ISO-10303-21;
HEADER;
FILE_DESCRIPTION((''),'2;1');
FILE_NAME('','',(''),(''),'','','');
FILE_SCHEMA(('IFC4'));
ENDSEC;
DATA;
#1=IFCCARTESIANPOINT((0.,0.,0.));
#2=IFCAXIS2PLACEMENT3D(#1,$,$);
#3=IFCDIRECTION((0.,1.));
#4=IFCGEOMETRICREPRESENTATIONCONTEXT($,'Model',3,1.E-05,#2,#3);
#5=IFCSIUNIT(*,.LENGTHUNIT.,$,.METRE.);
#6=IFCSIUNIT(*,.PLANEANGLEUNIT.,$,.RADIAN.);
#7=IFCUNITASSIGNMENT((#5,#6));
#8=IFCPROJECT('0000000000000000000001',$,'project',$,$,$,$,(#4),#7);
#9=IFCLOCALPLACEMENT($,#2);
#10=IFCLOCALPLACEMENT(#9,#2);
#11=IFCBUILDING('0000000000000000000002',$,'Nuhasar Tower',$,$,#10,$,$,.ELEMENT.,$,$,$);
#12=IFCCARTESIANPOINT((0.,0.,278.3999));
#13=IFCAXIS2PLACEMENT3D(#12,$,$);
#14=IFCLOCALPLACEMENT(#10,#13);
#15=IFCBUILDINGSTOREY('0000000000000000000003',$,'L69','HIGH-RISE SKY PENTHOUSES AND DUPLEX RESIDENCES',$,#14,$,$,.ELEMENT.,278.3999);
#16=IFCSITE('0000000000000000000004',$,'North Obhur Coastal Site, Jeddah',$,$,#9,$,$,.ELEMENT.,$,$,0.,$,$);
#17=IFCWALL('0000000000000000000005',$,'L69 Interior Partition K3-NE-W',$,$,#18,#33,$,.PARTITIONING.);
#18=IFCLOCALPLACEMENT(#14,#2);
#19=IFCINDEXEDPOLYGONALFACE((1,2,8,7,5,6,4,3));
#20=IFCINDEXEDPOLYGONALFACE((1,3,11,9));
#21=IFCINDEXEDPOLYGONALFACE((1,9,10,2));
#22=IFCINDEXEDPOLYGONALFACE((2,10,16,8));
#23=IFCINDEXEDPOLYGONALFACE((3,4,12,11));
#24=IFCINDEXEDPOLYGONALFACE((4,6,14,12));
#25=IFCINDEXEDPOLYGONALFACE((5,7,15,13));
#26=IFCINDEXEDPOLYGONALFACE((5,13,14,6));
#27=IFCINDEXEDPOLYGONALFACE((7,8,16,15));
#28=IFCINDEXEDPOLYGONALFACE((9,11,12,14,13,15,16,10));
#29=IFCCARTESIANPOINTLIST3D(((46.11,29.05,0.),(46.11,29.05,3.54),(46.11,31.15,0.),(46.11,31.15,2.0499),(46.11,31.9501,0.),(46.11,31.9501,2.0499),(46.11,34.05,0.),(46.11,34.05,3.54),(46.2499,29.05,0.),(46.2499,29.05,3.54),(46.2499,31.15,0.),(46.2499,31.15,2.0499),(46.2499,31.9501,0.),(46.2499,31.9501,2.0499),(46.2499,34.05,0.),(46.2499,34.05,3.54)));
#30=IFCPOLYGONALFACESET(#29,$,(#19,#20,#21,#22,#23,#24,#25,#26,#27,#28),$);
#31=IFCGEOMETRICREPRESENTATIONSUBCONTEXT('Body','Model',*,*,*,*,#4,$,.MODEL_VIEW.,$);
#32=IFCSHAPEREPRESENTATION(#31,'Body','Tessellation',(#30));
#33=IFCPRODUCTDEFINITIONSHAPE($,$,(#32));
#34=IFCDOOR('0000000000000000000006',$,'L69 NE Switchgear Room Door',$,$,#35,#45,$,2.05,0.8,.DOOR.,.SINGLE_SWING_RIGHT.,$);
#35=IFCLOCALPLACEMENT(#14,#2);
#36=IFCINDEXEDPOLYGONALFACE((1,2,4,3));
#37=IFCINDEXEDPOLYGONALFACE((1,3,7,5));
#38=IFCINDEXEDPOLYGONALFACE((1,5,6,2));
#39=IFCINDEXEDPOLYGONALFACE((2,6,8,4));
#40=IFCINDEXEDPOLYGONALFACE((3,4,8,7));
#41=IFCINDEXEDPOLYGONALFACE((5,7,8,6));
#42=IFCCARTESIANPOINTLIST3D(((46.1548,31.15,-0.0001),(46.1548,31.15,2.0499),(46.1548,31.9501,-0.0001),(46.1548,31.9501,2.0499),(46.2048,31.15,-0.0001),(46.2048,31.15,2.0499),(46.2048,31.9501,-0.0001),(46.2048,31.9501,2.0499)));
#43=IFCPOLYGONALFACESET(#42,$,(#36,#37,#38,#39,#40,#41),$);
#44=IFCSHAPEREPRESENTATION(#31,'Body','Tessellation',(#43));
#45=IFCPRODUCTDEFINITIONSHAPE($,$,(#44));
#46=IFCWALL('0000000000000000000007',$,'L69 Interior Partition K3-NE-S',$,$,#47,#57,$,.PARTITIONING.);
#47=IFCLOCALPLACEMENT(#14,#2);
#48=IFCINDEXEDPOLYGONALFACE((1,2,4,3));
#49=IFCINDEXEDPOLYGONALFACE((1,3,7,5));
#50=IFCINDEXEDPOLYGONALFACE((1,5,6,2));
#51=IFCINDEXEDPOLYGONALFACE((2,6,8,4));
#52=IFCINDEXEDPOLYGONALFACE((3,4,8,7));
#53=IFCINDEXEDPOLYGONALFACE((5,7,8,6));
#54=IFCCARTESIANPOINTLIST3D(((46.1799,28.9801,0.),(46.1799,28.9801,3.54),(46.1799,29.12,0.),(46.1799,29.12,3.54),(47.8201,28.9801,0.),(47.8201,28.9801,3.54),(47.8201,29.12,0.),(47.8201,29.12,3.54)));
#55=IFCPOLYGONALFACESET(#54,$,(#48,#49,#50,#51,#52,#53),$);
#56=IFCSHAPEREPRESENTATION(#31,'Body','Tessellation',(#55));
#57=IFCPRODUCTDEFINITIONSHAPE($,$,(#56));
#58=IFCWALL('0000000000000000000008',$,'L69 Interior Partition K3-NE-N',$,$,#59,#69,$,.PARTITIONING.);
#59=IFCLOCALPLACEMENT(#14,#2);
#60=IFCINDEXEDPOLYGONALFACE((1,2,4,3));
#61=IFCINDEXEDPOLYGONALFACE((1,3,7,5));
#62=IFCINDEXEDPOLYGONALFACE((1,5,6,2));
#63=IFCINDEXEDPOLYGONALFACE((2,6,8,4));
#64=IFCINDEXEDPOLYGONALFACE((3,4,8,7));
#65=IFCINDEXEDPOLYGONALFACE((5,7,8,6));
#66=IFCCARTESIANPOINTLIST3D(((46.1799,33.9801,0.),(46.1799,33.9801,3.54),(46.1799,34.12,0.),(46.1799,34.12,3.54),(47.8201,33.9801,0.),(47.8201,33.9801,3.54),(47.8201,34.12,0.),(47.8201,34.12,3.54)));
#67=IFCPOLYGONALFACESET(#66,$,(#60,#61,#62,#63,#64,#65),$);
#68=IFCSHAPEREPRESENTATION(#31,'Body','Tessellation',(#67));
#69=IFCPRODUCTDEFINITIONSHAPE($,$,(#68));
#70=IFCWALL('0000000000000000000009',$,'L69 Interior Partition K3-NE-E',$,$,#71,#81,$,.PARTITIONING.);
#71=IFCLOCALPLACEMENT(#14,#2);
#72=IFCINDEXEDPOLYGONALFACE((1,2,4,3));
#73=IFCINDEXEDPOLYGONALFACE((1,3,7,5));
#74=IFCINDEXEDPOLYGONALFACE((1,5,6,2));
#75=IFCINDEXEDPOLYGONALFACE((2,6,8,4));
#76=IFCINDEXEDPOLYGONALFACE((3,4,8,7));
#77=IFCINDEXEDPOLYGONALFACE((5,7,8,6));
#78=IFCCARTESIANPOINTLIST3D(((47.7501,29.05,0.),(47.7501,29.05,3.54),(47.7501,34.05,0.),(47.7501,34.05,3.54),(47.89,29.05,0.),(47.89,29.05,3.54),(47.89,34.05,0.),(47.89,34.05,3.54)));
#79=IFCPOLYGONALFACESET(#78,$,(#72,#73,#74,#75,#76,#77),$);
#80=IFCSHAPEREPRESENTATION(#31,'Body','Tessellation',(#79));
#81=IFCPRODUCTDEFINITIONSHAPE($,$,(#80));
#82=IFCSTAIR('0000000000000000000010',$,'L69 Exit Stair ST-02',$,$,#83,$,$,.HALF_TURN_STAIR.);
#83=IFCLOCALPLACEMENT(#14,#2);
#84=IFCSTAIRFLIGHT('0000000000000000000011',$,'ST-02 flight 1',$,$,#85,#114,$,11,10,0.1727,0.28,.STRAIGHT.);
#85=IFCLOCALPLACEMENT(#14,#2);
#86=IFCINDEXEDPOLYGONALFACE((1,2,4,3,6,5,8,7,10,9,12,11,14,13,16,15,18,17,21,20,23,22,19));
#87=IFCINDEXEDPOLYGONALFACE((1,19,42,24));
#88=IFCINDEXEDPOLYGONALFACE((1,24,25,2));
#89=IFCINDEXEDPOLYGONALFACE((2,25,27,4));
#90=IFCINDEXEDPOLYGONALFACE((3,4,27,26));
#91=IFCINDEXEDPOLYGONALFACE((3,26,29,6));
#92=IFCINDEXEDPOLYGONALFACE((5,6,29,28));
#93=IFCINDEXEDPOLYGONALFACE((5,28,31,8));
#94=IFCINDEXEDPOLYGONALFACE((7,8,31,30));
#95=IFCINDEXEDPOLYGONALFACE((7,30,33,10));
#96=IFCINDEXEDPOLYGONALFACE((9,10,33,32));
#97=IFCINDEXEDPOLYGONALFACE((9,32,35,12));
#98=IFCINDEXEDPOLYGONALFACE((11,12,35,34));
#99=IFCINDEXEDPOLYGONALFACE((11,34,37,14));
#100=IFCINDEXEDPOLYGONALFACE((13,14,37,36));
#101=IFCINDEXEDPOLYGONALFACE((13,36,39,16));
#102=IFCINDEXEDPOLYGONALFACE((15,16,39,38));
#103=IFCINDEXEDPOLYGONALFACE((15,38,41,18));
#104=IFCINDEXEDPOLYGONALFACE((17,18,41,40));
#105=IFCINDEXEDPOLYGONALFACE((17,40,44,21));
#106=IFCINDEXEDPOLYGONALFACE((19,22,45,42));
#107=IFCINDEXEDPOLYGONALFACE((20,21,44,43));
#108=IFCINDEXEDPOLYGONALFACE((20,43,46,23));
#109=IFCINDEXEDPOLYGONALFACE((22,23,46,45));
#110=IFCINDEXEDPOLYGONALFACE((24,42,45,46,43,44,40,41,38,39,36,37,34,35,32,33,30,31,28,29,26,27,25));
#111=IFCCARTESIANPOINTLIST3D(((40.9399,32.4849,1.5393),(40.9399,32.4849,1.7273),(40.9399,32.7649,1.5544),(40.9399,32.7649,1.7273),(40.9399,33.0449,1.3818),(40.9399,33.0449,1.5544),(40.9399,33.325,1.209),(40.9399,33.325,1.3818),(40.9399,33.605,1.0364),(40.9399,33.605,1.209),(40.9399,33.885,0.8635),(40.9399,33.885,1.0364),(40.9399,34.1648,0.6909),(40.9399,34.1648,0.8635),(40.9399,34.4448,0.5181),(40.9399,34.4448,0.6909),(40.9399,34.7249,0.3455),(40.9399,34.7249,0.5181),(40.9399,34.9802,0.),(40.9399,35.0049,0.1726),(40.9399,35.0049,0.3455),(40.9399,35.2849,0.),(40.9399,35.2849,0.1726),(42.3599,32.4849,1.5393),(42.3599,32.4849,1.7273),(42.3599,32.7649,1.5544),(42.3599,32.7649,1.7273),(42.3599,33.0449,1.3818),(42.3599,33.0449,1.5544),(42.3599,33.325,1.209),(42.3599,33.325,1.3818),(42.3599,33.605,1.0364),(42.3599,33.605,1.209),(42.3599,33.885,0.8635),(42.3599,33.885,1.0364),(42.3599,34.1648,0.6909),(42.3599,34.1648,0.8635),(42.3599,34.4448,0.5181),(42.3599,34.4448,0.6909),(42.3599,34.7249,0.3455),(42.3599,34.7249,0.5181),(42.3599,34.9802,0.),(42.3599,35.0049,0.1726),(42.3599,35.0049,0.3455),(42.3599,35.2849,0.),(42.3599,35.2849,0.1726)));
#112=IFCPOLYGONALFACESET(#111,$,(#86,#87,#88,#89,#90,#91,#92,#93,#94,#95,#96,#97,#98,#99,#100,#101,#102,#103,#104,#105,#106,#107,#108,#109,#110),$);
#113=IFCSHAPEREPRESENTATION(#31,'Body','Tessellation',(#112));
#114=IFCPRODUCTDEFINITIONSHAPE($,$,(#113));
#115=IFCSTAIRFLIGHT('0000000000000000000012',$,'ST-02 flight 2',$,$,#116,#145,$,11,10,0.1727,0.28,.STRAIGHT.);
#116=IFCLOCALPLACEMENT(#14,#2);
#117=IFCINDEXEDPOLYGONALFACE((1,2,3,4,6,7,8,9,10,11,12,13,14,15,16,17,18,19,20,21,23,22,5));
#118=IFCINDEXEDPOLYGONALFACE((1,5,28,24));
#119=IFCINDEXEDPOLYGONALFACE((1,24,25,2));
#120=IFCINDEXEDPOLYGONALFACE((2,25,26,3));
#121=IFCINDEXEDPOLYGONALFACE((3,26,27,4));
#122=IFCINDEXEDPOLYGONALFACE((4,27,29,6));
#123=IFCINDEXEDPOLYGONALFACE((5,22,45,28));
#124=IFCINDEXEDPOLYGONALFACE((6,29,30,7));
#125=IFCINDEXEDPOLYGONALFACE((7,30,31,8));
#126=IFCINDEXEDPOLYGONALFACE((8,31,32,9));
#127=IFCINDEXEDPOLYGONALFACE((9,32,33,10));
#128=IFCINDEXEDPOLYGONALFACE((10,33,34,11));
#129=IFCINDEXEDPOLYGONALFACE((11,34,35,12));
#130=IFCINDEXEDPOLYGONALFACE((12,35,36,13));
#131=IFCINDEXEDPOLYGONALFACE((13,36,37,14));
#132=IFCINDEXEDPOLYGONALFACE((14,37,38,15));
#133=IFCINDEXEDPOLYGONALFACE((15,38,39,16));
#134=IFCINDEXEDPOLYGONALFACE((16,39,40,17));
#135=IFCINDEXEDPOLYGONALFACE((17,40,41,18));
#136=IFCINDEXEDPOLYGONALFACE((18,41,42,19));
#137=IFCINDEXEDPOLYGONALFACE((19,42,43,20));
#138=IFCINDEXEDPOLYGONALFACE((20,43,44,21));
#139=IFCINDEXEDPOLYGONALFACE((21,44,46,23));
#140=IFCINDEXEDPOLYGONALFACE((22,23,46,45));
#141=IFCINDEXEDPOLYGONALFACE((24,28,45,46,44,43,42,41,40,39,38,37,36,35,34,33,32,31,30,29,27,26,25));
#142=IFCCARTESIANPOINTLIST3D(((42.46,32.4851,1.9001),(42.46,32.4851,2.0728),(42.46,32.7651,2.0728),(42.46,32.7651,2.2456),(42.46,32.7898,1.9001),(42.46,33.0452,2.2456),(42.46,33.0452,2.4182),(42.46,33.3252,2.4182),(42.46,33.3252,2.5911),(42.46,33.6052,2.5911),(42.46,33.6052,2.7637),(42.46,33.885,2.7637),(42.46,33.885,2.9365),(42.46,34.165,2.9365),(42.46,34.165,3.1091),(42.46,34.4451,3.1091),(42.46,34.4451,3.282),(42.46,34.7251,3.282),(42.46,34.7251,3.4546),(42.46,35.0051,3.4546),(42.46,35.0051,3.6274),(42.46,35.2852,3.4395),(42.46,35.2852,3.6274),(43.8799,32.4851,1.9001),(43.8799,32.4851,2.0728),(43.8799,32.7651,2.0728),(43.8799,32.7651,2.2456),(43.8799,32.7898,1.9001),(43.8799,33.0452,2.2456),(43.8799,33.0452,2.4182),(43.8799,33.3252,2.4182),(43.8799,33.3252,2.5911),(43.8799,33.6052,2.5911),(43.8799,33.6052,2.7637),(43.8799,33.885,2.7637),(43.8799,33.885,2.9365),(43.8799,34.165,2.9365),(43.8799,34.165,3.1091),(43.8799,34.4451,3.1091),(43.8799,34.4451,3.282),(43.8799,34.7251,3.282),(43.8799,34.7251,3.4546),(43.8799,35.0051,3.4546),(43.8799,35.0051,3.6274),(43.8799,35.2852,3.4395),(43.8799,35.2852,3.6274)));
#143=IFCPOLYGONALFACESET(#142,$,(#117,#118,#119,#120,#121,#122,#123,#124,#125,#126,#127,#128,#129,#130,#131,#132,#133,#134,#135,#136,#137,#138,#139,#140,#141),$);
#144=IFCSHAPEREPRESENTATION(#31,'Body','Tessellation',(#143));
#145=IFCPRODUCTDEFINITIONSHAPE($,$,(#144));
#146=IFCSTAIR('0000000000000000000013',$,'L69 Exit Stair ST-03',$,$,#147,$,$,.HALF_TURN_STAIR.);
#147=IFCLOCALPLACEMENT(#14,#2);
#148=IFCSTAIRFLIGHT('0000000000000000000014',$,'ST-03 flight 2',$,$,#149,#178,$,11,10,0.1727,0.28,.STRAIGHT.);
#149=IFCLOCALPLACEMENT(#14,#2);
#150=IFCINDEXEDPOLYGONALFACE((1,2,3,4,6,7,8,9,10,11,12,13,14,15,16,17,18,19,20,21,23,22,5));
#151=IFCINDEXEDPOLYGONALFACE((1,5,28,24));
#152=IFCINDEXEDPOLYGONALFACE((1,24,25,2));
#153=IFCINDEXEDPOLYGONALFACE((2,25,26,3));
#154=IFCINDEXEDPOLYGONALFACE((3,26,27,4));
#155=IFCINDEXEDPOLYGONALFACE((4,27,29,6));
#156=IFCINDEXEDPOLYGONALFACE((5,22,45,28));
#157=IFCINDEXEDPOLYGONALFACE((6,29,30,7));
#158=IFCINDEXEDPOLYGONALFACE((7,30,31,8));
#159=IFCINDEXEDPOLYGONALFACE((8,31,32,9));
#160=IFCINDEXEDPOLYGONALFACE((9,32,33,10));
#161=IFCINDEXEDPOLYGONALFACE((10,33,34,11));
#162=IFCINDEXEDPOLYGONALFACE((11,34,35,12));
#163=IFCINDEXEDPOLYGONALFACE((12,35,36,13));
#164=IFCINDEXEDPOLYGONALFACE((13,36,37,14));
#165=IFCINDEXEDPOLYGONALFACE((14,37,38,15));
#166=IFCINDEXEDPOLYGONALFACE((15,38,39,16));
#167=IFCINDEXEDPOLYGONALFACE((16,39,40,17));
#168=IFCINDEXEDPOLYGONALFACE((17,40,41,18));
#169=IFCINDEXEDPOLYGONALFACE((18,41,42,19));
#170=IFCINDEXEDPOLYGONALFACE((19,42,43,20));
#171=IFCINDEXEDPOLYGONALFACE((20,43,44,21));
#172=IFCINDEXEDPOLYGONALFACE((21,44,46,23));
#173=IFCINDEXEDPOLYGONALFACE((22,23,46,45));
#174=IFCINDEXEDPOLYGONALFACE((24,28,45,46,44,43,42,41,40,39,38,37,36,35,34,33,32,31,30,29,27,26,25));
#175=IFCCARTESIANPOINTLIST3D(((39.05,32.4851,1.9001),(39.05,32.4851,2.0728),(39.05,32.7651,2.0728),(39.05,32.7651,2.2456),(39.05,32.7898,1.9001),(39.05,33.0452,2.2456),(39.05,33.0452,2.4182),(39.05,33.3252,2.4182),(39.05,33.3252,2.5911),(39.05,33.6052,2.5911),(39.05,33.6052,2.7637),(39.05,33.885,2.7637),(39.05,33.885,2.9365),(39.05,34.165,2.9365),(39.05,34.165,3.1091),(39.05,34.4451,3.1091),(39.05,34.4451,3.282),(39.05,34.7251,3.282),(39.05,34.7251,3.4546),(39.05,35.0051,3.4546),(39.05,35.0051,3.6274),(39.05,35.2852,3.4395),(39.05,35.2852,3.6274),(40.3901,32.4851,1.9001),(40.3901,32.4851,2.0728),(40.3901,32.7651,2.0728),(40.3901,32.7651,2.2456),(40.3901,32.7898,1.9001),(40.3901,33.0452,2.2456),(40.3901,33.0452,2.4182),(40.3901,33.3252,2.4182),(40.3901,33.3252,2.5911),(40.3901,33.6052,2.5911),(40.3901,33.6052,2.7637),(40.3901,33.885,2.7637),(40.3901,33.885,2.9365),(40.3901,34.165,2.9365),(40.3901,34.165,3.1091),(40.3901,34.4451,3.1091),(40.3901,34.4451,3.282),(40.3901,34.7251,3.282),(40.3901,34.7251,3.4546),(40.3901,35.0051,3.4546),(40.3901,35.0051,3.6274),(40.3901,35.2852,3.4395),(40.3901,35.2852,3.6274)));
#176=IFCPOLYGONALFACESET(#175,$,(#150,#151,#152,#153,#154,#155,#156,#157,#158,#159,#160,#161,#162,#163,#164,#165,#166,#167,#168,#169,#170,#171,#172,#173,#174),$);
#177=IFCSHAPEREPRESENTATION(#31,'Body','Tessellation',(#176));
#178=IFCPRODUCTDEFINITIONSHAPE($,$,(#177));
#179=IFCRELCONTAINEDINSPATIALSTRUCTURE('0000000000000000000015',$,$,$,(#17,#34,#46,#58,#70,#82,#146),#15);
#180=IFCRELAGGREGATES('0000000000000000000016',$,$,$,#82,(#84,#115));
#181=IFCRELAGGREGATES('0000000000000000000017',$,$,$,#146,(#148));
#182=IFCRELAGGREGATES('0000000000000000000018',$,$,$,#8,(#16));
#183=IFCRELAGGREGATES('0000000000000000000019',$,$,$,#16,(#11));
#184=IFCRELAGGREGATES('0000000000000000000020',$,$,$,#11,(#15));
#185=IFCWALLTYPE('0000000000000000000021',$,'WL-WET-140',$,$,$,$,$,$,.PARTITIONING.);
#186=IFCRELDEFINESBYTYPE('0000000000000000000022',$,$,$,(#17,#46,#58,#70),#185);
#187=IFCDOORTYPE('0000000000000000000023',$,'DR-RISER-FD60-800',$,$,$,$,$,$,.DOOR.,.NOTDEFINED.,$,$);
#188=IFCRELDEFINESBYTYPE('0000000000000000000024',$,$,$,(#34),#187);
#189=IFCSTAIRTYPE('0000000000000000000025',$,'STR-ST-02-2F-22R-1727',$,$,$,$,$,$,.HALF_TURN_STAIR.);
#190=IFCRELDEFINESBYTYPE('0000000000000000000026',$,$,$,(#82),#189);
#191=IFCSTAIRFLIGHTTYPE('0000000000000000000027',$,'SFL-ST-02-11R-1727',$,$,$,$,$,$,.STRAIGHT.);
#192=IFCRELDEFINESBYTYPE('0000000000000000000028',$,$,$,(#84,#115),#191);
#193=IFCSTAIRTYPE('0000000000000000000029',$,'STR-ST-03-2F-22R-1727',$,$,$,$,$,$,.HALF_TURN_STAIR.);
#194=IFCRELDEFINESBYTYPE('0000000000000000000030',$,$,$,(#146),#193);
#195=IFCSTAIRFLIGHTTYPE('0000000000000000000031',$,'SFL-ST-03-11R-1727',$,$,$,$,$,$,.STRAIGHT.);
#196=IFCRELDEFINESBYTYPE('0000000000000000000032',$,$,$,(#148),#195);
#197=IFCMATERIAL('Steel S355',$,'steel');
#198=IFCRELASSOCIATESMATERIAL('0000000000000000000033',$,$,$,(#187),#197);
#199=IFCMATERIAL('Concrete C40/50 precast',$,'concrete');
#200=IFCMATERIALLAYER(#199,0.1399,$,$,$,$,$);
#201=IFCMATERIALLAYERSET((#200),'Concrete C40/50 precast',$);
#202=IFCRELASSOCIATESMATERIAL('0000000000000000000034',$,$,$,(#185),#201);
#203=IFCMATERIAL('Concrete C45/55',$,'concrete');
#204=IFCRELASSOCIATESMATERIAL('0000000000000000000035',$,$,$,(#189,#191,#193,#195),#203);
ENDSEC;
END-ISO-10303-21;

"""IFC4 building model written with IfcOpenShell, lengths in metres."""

from ifc_helpers import new_model, si_unit, direction, frame, frame_2d, origin, place, context, subcontext, project, spatial, polyline, rectangle, outline, extrude, material, layer, layer_set, type_object, element, fill, aggregate, save


model = new_model("IFC4")

# Units and contexts
model_context = context("Model", 3, precision=1e-05, world=origin(), true_north=direction((0.0, 1.0)))
body_context = subcontext(model_context, "Body", "Model", "MODEL_VIEW")
ifc_project = project(units=[si_unit("LENGTHUNIT", "METRE"), si_unit("PLANEANGLEUNIT", "RADIAN")], contexts=[model_context])

# Site, building, storey
site_placement = place(None, origin())
site = spatial("IfcSite", under=ifc_project, at=site_placement, Name="North Obhur Coastal Site, Jeddah", CompositionType="ELEMENT", RefElevation=0.0)
building_placement = place(site_placement, origin())
building = spatial("IfcBuilding", under=site, at=building_placement, Name="Nuhasar Tower", CompositionType="ELEMENT")
storey_placement = place(building_placement, frame((0.0, 0.0, 278.3999)))
storey = spatial("IfcBuildingStorey", under=building, at=storey_placement, Name="L69", Description="HIGH-RISE SKY PENTHOUSES AND DUPLEX RESIDENCES", CompositionType="ELEMENT", Elevation=278.3999)

# Shared definitions
ifc_material_1 = material(Name="Steel S355", Category="steel")

# Shared definitions
ifc_material_2 = material(Name="Concrete C45/55", Category="concrete")

# Wall, opening, door
door_type_1 = type_object("IfcDoorType", Name="DR-RISER-FD60-800", OperationType="NOTDEFINED", PredefinedType="DOOR", material=ifc_material_1)
ifc_material_3 = material(Name="Concrete C40/50 precast", Category="concrete")
ifc_layer_1 = layer(ifc_material_3, 0.1399)
ifc_layer_set_1 = layer_set([ifc_layer_1], Name="Concrete C40/50 precast")
wall_type_1 = type_object("IfcWallType", Name="WL-WET-140", PredefinedType="PARTITIONING", material=ifc_layer_set_1)
wall_1_placement = place(storey_placement, frame((46.1799, 34.05, 0.0), z_axis=(0.0, 0.0, 1.0), x_axis=(0.0, -1.0, 0.0)))
wall_1 = element("IfcWall", 1, at=wall_1_placement, inside=storey, type_object=wall_type_1, Name="L69 Interior Partition K3-NE-W", PredefinedType="PARTITIONING", context=body_context, shape_type="SweptSolid", body=[
    extrude(rectangle(XDim=5.0, YDim=0.1399, at=frame_2d((2.5, 0.0))), origin(), (0.0, 0.0, 1.0), 3.54),
])
opening_1_placement = place(wall_1_placement, frame((2.1001, 0.0, 0.0)))
opening_1 = element("IfcOpeningElement", 2, at=opening_1_placement, cuts=wall_1, PredefinedType="OPENING", context=body_context, shape_type="SweptSolid", body=[
    extrude(rectangle(XDim=0.8, YDim=2.05, at=frame_2d((0.3999, 1.0249))), frame((0.0, 0.0801, 0.0), z_axis=(0.0, -1.0, 0.0), x_axis=(1.0, 0.0, 0.0)), (0.0, 0.0, 1.0), 0.1599),
])
door_1_placement = place(opening_1_placement, origin())
door_1 = element("IfcDoor", 3, at=door_1_placement, inside=storey, type_object=door_type_1, Name="L69 NE Switchgear Room Door", OperationType="SINGLE_SWING_RIGHT", OverallHeight=2.05, OverallWidth=0.8, PredefinedType="DOOR", context=body_context, shape_type="SweptSolid", body=[
    extrude(rectangle(XDim=0.8, YDim=2.05, at=frame_2d((0.3999, 1.0249))), frame((0.0, 0.0249, 0.0), z_axis=(0.0, -1.0, 0.0), x_axis=(1.0, 0.0, 0.0)), (0.0, 0.0, 1.0), 0.05),
])
fill(opening_1, door_1)

# Walls
for number, where, z_axis, x_axis, name in (
    (4, (46.1799, 29.05, 0.0), (0.0, 0.0, 1.0), (1.0, 0.0, 0.0), "L69 Interior Partition K3-NE-S"),
    (5, (46.1799, 34.05, 0.0), (0.0, 0.0, 1.0), (1.0, 0.0, 0.0), "L69 Interior Partition K3-NE-N"),
):
    element("IfcWall", number, at=place(storey_placement, frame(where, z_axis=z_axis, x_axis=x_axis)), inside=storey, type_object=wall_type_1, Name=name, PredefinedType="PARTITIONING", context=body_context, shape_type="SweptSolid", body=[
        extrude(rectangle(XDim=1.6401, YDim=0.1399, at=frame_2d((0.8201, 0.0))), origin(), (0.0, 0.0, 1.0), 3.54),
    ])
wall_2_placement = place(storey_placement, frame((47.8201, 29.05, 0.0), z_axis=(0.0, 0.0, 1.0), x_axis=(0.0, 1.0, 0.0)))
element("IfcWall", 6, at=wall_2_placement, inside=storey, type_object=wall_type_1, Name="L69 Interior Partition K3-NE-E", PredefinedType="PARTITIONING", context=body_context, shape_type="SweptSolid", body=[
    extrude(rectangle(XDim=5.0, YDim=0.1399, at=frame_2d((2.5, 0.0))), origin(), (0.0, 0.0, 1.0), 3.54),
])

# Stair, stair flights
stair_type_1 = type_object("IfcStairType", Name="STR-ST-02-2F-22R-1727", PredefinedType="HALF_TURN_STAIR", material=ifc_material_2)
stair_1_placement = place(storey_placement, origin())
stair_1 = element("IfcStair", 7, at=stair_1_placement, inside=storey, type_object=stair_type_1, Name="L69 Exit Stair ST-02", PredefinedType="HALF_TURN_STAIR")
stair_flight_type_1 = type_object("IfcStairFlightType", Name="SFL-ST-02-11R-1727", PredefinedType="STRAIGHT", material=ifc_material_2)
stair_flight_1_placement = place(storey_placement, frame((41.6499, 35.2849, 0.0), z_axis=(0.0, 0.0, 1.0), x_axis=(0.0, -1.0, 0.0)))
stair_flight_1 = element("IfcStairFlight", 8, at=stair_flight_1_placement, type_object=stair_flight_type_1, Name="ST-02 flight 1", NumberOfRisers=11, NumberOfTreads=10, PredefinedType="STRAIGHT", RiserHeight=0.1727, TreadLength=0.28, context=body_context, shape_type="SweptSolid", body=[
    extrude(outline(polyline([(0.0, 0.0), (0.0, 0.1726), (0.28, 0.1726), (0.28, 0.3455), (0.5601, 0.3455), (0.5601, 0.5181), (0.8401, 0.5181), (0.8401, 0.6909), (1.1201, 0.6909), (1.1201, 0.8635), (1.3999, 0.8635), (1.3999, 1.0364), (1.6799, 1.0364), (1.6799, 1.209), (1.96, 1.209), (1.96, 1.3818), (2.24, 1.3818), (2.24, 1.5544), (2.52, 1.5544), (2.52, 1.7273), (2.8, 1.7273), (2.8, 1.8999), (2.8, 1.5393), (0.3047, 0.0), (0.0, 0.0)])), frame((0.0, 0.71, 0.0), z_axis=(0.0, -1.0, 0.0), x_axis=(1.0, 0.0, 0.0)), (0.0, 0.0, 1.0), 1.4199),
])
stair_flight_2_placement = place(storey_placement, frame((43.1699, 32.4851, 1.9001), z_axis=(0.0, 0.0, 1.0), x_axis=(0.0, 1.0, 0.0)))
stair_flight_2 = element("IfcStairFlight", 9, at=stair_flight_2_placement, type_object=stair_flight_type_1, Name="ST-02 flight 2", NumberOfRisers=11, NumberOfTreads=10, PredefinedType="STRAIGHT", RiserHeight=0.1727, TreadLength=0.28, context=body_context, shape_type="SweptSolid", body=[
    extrude(outline(polyline([(0.0, 0.0), (0.0, 0.1726), (0.28, 0.1726), (0.28, 0.3455), (0.5601, 0.3455), (0.5601, 0.5181), (0.8401, 0.5181), (0.8401, 0.6909), (1.1201, 0.6909), (1.1201, 0.8635), (1.3999, 0.8635), (1.3999, 1.0364), (1.6799, 1.0364), (1.6799, 1.209), (1.96, 1.209), (1.96, 1.3818), (2.24, 1.3818), (2.24, 1.5544), (2.52, 1.5544), (2.52, 1.7273), (2.8, 1.7273), (2.8, 1.8999), (2.8, 1.5393), (0.3047, 0.0), (0.0, 0.0)])), frame((0.0, 0.71, 0.0), z_axis=(0.0, -1.0, 0.0), x_axis=(1.0, 0.0, 0.0)), (0.0, 0.0, 1.0), 1.4199),
])
aggregate(stair_1, [stair_flight_1, stair_flight_2])

# Stair, stair flight
stair_type_2 = type_object("IfcStairType", Name="STR-ST-03-2F-22R-1727", PredefinedType="HALF_TURN_STAIR", material=ifc_material_2)
stair_2_placement = place(storey_placement, origin())
stair_2 = element("IfcStair", 10, at=stair_2_placement, inside=storey, type_object=stair_type_2, Name="L69 Exit Stair ST-03", PredefinedType="HALF_TURN_STAIR")
stair_flight_type_2 = type_object("IfcStairFlightType", Name="SFL-ST-03-11R-1727", PredefinedType="STRAIGHT", material=ifc_material_2)
stair_flight_3_placement = place(storey_placement, frame((39.72, 32.4851, 1.9001), z_axis=(0.0, 0.0, 1.0), x_axis=(0.0, 1.0, 0.0)))
stair_flight_3 = element("IfcStairFlight", 11, at=stair_flight_3_placement, type_object=stair_flight_type_2, Name="ST-03 flight 2", NumberOfRisers=11, NumberOfTreads=10, PredefinedType="STRAIGHT", RiserHeight=0.1727, TreadLength=0.28, context=body_context, shape_type="SweptSolid", body=[
    extrude(outline(polyline([(0.0, 0.0), (0.0, 0.1726), (0.28, 0.1726), (0.28, 0.3455), (0.5601, 0.3455), (0.5601, 0.5181), (0.8401, 0.5181), (0.8401, 0.6909), (1.1201, 0.6909), (1.1201, 0.8635), (1.3999, 0.8635), (1.3999, 1.0364), (1.6799, 1.0364), (1.6799, 1.209), (1.96, 1.209), (1.96, 1.3818), (2.24, 1.3818), (2.24, 1.5544), (2.52, 1.5544), (2.52, 1.7273), (2.8, 1.7273), (2.8, 1.8999), (2.8, 1.5393), (0.3047, 0.0), (0.0, 0.0)])), frame((0.0, 0.6699, 0.0), z_axis=(0.0, -1.0, 0.0), x_axis=(1.0, 0.0, 0.0)), (0.0, 0.0, 1.0), 1.3401),
])
aggregate(stair_2, [stair_flight_3])

save(model, "model.ifc")
